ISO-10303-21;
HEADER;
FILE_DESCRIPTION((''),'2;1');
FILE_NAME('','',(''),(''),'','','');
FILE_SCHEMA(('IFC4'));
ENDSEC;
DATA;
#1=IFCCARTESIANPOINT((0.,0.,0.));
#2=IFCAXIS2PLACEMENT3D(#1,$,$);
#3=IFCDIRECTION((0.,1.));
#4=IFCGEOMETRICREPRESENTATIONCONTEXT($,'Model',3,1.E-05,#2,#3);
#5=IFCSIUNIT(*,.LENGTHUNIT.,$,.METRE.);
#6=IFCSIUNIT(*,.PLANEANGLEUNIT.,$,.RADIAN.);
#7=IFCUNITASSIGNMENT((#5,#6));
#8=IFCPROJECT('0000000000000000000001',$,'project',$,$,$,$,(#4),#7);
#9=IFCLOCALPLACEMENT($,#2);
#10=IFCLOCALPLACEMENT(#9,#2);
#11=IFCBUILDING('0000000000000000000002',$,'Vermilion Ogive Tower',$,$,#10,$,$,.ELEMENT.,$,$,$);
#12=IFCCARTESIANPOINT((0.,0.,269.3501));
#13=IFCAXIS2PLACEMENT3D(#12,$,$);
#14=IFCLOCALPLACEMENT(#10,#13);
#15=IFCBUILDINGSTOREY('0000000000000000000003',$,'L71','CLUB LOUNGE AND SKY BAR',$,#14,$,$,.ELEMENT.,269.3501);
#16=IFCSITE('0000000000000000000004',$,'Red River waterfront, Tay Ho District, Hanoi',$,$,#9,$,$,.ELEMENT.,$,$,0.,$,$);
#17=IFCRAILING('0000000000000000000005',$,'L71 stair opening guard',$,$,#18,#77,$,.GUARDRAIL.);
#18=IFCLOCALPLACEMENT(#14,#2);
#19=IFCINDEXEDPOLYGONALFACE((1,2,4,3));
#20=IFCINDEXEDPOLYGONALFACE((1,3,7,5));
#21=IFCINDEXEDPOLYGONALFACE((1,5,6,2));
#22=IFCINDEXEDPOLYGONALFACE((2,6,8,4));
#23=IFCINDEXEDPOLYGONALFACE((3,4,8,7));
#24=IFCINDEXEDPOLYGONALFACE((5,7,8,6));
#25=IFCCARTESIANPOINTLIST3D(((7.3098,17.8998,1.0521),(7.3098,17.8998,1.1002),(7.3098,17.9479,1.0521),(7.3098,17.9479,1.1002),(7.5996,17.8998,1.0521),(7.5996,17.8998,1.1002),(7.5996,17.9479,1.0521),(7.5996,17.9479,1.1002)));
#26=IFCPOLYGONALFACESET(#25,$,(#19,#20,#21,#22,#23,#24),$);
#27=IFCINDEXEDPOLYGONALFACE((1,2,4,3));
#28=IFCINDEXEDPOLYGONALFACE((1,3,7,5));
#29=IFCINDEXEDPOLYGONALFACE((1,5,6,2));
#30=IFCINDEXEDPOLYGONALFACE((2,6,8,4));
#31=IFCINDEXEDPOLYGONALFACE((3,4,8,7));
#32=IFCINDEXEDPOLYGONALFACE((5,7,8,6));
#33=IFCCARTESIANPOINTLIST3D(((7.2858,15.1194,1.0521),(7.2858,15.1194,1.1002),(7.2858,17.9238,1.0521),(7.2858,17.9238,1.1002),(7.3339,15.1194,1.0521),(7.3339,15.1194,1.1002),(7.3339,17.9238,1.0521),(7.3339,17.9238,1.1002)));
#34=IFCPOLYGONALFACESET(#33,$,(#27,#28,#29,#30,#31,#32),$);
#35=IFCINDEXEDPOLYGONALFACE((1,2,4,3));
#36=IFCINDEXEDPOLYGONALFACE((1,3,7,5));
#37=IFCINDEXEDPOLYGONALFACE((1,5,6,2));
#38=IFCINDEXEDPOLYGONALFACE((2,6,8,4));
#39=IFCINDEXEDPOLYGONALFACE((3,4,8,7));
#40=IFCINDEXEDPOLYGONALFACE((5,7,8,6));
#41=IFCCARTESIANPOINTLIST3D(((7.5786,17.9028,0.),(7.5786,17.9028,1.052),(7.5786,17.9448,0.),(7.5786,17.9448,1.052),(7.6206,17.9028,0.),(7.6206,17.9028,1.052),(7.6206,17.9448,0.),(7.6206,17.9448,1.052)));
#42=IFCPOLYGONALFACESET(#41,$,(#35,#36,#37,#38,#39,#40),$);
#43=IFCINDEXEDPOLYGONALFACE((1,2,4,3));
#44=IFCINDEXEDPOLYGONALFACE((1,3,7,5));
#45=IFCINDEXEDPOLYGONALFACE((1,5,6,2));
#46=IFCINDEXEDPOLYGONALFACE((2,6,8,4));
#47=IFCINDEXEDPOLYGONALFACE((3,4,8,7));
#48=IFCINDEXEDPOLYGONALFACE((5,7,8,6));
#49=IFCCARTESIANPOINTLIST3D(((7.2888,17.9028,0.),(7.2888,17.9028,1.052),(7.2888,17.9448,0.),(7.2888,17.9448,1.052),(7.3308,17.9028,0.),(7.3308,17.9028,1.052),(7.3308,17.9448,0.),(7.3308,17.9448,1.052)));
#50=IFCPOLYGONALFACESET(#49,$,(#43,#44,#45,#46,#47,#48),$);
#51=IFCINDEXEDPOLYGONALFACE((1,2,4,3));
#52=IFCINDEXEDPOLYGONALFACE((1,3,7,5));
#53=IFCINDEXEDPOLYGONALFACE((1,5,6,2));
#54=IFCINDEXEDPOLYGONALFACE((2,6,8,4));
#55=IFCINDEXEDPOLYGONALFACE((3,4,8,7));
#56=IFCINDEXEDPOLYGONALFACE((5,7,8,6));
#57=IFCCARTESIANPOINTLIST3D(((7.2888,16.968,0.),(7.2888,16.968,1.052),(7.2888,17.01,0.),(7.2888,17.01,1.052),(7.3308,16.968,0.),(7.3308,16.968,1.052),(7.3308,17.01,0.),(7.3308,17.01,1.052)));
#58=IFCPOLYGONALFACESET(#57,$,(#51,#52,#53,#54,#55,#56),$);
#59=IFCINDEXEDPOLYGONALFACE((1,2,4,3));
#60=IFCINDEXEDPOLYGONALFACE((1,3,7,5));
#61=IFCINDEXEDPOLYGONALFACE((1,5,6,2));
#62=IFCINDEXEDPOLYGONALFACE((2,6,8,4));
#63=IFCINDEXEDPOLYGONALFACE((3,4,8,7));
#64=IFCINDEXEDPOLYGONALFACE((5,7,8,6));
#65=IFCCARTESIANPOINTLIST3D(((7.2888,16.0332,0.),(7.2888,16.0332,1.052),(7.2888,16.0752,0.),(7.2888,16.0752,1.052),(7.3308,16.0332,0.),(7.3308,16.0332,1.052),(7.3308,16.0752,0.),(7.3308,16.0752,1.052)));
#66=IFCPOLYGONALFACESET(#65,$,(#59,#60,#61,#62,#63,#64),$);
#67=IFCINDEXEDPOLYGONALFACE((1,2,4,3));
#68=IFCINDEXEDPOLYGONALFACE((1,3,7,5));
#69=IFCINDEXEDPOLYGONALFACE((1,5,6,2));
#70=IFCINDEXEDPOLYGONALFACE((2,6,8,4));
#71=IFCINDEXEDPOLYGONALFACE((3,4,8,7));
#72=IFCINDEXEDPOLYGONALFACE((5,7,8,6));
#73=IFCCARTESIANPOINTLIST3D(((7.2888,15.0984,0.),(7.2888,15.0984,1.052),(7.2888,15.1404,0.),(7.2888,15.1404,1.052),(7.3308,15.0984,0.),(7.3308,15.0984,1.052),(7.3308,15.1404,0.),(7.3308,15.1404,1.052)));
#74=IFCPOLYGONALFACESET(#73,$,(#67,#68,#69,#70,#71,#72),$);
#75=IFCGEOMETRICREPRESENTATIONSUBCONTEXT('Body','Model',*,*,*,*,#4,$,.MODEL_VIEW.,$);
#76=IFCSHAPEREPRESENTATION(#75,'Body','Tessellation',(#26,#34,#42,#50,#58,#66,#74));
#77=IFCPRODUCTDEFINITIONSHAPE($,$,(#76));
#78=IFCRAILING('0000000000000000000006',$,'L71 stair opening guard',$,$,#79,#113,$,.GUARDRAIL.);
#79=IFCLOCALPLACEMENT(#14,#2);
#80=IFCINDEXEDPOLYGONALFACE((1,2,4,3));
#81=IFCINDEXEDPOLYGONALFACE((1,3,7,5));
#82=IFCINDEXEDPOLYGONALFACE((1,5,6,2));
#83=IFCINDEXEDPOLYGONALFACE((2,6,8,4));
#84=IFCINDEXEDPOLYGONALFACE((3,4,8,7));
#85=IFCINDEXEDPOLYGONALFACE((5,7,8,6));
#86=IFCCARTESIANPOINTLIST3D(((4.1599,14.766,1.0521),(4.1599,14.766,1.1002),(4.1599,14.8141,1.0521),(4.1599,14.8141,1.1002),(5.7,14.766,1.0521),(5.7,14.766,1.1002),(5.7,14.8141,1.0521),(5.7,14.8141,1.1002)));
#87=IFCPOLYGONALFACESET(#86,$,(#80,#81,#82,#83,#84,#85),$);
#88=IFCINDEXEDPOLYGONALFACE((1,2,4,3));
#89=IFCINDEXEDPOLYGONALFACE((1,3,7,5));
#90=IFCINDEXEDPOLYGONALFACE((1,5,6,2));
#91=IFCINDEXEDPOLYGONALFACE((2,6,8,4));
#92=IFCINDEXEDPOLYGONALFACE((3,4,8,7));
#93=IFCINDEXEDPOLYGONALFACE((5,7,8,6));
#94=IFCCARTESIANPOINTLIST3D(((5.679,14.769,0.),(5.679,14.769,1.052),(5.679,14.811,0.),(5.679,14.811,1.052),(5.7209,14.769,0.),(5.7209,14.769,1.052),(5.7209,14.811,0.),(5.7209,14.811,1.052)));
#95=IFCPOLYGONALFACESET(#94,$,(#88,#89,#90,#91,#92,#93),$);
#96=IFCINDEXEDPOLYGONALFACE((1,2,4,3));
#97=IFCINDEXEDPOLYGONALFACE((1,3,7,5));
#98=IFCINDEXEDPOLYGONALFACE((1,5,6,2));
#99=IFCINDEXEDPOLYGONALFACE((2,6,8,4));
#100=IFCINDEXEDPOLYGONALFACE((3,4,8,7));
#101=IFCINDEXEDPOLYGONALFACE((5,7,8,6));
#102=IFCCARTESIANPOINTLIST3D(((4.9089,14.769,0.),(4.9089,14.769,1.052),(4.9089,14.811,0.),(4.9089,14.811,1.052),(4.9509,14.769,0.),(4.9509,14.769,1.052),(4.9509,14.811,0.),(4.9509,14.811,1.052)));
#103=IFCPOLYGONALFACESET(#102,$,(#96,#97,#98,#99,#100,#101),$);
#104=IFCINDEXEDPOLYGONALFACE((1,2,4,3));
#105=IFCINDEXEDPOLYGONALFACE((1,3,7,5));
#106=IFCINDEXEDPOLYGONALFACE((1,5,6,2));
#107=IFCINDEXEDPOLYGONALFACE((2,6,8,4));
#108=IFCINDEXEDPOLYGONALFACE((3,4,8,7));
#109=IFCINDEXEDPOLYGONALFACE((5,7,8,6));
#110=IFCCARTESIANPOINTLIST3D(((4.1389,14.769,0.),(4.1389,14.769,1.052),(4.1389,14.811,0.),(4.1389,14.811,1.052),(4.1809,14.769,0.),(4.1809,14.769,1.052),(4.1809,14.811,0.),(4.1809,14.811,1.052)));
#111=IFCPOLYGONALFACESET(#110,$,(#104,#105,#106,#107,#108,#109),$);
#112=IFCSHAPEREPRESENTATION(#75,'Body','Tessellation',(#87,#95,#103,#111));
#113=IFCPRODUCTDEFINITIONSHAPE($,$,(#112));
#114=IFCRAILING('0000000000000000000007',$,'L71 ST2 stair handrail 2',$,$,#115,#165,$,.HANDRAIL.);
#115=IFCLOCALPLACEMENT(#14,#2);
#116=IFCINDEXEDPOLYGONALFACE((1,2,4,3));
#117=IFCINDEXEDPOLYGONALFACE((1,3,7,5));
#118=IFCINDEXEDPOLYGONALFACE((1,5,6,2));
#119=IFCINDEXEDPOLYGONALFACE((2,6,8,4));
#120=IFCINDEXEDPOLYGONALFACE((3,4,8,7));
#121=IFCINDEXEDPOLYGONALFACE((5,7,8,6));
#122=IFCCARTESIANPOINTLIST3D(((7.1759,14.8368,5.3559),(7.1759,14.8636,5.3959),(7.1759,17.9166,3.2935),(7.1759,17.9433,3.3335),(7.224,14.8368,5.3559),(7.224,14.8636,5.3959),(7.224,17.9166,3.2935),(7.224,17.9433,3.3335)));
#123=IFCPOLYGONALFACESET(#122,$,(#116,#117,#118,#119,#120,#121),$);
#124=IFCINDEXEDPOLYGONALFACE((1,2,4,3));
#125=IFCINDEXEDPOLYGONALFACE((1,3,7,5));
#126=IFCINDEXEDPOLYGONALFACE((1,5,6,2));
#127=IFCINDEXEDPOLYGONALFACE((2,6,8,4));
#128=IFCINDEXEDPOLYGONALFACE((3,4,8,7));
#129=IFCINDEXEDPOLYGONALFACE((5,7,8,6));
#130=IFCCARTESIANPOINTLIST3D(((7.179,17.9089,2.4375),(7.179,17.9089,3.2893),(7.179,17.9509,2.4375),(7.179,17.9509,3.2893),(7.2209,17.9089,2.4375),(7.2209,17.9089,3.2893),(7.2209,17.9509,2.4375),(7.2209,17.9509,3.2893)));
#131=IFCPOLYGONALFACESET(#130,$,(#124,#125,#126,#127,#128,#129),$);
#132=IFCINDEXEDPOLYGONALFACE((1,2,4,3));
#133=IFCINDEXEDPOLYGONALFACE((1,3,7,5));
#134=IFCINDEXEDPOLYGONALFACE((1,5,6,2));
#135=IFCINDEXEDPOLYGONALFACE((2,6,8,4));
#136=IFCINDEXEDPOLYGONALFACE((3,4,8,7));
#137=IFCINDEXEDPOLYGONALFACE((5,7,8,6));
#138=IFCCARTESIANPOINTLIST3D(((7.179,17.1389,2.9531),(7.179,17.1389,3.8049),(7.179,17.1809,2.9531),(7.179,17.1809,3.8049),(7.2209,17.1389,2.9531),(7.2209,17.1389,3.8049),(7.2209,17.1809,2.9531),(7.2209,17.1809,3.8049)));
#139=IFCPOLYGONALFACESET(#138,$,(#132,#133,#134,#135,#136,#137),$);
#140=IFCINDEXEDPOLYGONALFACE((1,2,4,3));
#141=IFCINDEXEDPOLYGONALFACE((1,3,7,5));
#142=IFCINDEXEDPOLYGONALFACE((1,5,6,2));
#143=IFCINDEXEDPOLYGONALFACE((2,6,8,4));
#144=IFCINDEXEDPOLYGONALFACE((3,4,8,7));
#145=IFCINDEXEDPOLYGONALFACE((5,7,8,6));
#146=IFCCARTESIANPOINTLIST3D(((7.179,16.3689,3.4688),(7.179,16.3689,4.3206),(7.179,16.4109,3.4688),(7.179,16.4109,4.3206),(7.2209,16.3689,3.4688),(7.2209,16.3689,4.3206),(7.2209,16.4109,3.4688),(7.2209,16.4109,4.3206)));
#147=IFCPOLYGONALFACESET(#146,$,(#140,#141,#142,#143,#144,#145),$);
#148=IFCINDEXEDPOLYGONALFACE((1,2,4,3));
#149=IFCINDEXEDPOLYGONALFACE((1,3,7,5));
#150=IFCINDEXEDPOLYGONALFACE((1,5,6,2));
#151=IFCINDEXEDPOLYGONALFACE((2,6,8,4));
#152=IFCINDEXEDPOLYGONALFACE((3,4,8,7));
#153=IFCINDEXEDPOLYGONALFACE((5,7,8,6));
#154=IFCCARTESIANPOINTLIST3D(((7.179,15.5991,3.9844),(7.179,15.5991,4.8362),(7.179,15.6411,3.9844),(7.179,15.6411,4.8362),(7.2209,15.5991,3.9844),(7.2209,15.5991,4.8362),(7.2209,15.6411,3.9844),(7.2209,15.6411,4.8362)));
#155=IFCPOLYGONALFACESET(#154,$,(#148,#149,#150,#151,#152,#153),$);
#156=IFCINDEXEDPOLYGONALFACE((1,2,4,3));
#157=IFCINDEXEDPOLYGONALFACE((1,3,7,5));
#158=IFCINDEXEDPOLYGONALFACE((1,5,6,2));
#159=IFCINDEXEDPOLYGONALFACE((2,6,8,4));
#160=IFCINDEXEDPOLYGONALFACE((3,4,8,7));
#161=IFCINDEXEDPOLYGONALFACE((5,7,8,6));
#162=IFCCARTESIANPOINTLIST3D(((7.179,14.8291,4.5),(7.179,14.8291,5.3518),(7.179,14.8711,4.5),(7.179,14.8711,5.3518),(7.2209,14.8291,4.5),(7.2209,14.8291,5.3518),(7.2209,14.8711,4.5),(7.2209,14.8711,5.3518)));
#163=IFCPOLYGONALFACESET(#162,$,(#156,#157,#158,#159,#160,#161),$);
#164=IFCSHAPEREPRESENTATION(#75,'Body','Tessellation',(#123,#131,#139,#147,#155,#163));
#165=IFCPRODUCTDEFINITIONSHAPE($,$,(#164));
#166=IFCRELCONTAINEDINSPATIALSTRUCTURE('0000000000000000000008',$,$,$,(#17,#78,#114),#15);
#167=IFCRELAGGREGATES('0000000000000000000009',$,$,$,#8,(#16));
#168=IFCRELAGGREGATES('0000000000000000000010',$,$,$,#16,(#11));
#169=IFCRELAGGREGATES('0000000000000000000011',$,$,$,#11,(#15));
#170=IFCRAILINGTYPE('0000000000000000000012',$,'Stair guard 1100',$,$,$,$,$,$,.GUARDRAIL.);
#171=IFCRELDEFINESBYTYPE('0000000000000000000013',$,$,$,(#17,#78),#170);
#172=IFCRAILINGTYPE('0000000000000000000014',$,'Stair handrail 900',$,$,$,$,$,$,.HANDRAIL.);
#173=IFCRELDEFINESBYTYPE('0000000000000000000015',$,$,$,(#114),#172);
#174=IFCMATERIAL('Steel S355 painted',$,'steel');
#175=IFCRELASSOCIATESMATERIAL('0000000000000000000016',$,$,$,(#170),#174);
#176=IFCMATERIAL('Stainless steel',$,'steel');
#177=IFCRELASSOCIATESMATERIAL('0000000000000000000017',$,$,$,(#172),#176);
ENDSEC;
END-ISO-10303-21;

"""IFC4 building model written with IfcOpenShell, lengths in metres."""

from ifc_helpers import new_model, si_unit, direction, frame, origin, origin_2d, place, context, subcontext, project, spatial, rectangle, extrude, material, type_object, element, save


model = new_model("IFC4")

# Units and contexts
model_context = context("Model", 3, precision=1e-05, world=origin(), true_north=direction((0.0, 1.0)))
body_context = subcontext(model_context, "Body", "Model", "MODEL_VIEW")
ifc_project = project(units=[si_unit("LENGTHUNIT", "METRE"), si_unit("PLANEANGLEUNIT", "RADIAN")], contexts=[model_context])

# Site, building, storey
site_placement = place(None, origin())
site = spatial("IfcSite", under=ifc_project, at=site_placement, Name="Red River waterfront, Tay Ho District, Hanoi", CompositionType="ELEMENT", RefElevation=0.0)
building_placement = place(site_placement, origin())
building = spatial("IfcBuilding", under=site, at=building_placement, Name="Vermilion Ogive Tower", CompositionType="ELEMENT")
storey_placement = place(building_placement, frame((0.0, 0.0, 269.3501)))
storey = spatial("IfcBuildingStorey", under=building, at=storey_placement, Name="L71", Description="CLUB LOUNGE AND SKY BAR", CompositionType="ELEMENT", Elevation=269.3501)

# Railings
ifc_material_1 = material(Name="Steel S355 painted", Category="steel")
railing_type_1 = type_object("IfcRailingType", Name="Stair guard 1100", PredefinedType="GUARDRAIL", material=ifc_material_1)
railing_1_placement = place(storey_placement, frame((7.5996, 17.9238, 0.0)))
element("IfcRailing", 1, at=railing_1_placement, inside=storey, type_object=railing_type_1, Name="L71 stair opening guard", PredefinedType="GUARDRAIL", context=body_context, shape_type="SweptSolid", body=[
    extrude(rectangle(XDim=0.0481, YDim=0.0481, at=origin_2d()), frame((0.0, 0.0, 1.0762), z_axis=(-1.0, 0.0, 0.0), x_axis=(0.0, -1.0, 0.0)), (0.0, 0.0, 1.0), 0.2898),
    extrude(rectangle(XDim=0.0481, YDim=0.0481, at=origin_2d()), frame((-0.2898, 0.0, 1.0762), z_axis=(0.0, -1.0, 0.0), x_axis=(1.0, 0.0, 0.0)), (0.0, 0.0, 1.0), 2.8044),
    extrude(rectangle(XDim=0.042, YDim=0.042, at=origin_2d()), origin(), (0.0, 0.0, 1.0), 1.052),
    extrude(rectangle(XDim=0.042, YDim=0.042, at=origin_2d()), frame((-0.2898, 0.0, 0.0)), (0.0, 0.0, 1.0), 1.052),
    extrude(rectangle(XDim=0.042, YDim=0.042, at=origin_2d()), frame((-0.2898, -0.9348, 0.0)), (0.0, 0.0, 1.0), 1.052),
    extrude(rectangle(XDim=0.042, YDim=0.042, at=origin_2d()), frame((-0.2898, -1.8696, 0.0)), (0.0, 0.0, 1.0), 1.052),
    extrude(rectangle(XDim=0.042, YDim=0.042, at=origin_2d()), frame((-0.2898, -2.8044, 0.0)), (0.0, 0.0, 1.0), 1.052),
])
railing_2_placement = place(storey_placement, frame((5.7, 14.79, 0.0)))
element("IfcRailing", 2, at=railing_2_placement, inside=storey, type_object=railing_type_1, Name="L71 stair opening guard", PredefinedType="GUARDRAIL", context=body_context, shape_type="SweptSolid", body=[
    extrude(rectangle(XDim=0.0481, YDim=0.0481, at=origin_2d()), frame((0.0, 0.0, 1.0762), z_axis=(-1.0, 0.0, 0.0), x_axis=(0.0, -1.0, 0.0)), (0.0, 0.0, 1.0), 1.54),
    extrude(rectangle(XDim=0.042, YDim=0.042, at=origin_2d()), origin(), (0.0, 0.0, 1.0), 1.052),
    extrude(rectangle(XDim=0.042, YDim=0.042, at=origin_2d()), frame((-0.77, 0.0, 0.0)), (0.0, 0.0, 1.0), 1.052),
    extrude(rectangle(XDim=0.042, YDim=0.042, at=origin_2d()), frame((-1.54, 0.0, 0.0)), (0.0, 0.0, 1.0), 1.052),
])
ifc_material_2 = material(Name="Stainless steel", Category="steel")
railing_type_2 = type_object("IfcRailingType", Name="Stair handrail 900", PredefinedType="HANDRAIL", material=ifc_material_2)
railing_3_placement = place(storey_placement, frame((7.2, 17.9299, 2.4375)))
element("IfcRailing", 3, at=railing_3_placement, inside=storey, type_object=railing_type_2, Name="L71 ST2 stair handrail 2", PredefinedType="HANDRAIL", context=body_context, shape_type="SweptSolid", body=[
    extrude(rectangle(XDim=0.0481, YDim=0.0481, at=origin_2d()), frame((0.0, 0.0, 0.876), z_axis=(0.0, -0.830893, 0.556432), x_axis=(1.0, 0.0, 0.0)), (0.0, 0.0, 1.0), 3.7065),
    extrude(rectangle(XDim=0.042, YDim=0.042, at=origin_2d()), origin(), (0.0, 0.0, 1.0), 0.8518),
    extrude(rectangle(XDim=0.042, YDim=0.042, at=origin_2d()), frame((0.0, -0.77, 0.5156)), (0.0, 0.0, 1.0), 0.8518),
    extrude(rectangle(XDim=0.042, YDim=0.042, at=origin_2d()), frame((0.0, -1.54, 1.0312)), (0.0, 0.0, 1.0), 0.8518),
    extrude(rectangle(XDim=0.042, YDim=0.042, at=origin_2d()), frame((0.0, -2.3098, 1.5469)), (0.0, 0.0, 1.0), 0.8518),
    extrude(rectangle(XDim=0.042, YDim=0.042, at=origin_2d()), frame((0.0, -3.0798, 2.0625)), (0.0, 0.0, 1.0), 0.8518),
])

save(model, "model.ifc")
